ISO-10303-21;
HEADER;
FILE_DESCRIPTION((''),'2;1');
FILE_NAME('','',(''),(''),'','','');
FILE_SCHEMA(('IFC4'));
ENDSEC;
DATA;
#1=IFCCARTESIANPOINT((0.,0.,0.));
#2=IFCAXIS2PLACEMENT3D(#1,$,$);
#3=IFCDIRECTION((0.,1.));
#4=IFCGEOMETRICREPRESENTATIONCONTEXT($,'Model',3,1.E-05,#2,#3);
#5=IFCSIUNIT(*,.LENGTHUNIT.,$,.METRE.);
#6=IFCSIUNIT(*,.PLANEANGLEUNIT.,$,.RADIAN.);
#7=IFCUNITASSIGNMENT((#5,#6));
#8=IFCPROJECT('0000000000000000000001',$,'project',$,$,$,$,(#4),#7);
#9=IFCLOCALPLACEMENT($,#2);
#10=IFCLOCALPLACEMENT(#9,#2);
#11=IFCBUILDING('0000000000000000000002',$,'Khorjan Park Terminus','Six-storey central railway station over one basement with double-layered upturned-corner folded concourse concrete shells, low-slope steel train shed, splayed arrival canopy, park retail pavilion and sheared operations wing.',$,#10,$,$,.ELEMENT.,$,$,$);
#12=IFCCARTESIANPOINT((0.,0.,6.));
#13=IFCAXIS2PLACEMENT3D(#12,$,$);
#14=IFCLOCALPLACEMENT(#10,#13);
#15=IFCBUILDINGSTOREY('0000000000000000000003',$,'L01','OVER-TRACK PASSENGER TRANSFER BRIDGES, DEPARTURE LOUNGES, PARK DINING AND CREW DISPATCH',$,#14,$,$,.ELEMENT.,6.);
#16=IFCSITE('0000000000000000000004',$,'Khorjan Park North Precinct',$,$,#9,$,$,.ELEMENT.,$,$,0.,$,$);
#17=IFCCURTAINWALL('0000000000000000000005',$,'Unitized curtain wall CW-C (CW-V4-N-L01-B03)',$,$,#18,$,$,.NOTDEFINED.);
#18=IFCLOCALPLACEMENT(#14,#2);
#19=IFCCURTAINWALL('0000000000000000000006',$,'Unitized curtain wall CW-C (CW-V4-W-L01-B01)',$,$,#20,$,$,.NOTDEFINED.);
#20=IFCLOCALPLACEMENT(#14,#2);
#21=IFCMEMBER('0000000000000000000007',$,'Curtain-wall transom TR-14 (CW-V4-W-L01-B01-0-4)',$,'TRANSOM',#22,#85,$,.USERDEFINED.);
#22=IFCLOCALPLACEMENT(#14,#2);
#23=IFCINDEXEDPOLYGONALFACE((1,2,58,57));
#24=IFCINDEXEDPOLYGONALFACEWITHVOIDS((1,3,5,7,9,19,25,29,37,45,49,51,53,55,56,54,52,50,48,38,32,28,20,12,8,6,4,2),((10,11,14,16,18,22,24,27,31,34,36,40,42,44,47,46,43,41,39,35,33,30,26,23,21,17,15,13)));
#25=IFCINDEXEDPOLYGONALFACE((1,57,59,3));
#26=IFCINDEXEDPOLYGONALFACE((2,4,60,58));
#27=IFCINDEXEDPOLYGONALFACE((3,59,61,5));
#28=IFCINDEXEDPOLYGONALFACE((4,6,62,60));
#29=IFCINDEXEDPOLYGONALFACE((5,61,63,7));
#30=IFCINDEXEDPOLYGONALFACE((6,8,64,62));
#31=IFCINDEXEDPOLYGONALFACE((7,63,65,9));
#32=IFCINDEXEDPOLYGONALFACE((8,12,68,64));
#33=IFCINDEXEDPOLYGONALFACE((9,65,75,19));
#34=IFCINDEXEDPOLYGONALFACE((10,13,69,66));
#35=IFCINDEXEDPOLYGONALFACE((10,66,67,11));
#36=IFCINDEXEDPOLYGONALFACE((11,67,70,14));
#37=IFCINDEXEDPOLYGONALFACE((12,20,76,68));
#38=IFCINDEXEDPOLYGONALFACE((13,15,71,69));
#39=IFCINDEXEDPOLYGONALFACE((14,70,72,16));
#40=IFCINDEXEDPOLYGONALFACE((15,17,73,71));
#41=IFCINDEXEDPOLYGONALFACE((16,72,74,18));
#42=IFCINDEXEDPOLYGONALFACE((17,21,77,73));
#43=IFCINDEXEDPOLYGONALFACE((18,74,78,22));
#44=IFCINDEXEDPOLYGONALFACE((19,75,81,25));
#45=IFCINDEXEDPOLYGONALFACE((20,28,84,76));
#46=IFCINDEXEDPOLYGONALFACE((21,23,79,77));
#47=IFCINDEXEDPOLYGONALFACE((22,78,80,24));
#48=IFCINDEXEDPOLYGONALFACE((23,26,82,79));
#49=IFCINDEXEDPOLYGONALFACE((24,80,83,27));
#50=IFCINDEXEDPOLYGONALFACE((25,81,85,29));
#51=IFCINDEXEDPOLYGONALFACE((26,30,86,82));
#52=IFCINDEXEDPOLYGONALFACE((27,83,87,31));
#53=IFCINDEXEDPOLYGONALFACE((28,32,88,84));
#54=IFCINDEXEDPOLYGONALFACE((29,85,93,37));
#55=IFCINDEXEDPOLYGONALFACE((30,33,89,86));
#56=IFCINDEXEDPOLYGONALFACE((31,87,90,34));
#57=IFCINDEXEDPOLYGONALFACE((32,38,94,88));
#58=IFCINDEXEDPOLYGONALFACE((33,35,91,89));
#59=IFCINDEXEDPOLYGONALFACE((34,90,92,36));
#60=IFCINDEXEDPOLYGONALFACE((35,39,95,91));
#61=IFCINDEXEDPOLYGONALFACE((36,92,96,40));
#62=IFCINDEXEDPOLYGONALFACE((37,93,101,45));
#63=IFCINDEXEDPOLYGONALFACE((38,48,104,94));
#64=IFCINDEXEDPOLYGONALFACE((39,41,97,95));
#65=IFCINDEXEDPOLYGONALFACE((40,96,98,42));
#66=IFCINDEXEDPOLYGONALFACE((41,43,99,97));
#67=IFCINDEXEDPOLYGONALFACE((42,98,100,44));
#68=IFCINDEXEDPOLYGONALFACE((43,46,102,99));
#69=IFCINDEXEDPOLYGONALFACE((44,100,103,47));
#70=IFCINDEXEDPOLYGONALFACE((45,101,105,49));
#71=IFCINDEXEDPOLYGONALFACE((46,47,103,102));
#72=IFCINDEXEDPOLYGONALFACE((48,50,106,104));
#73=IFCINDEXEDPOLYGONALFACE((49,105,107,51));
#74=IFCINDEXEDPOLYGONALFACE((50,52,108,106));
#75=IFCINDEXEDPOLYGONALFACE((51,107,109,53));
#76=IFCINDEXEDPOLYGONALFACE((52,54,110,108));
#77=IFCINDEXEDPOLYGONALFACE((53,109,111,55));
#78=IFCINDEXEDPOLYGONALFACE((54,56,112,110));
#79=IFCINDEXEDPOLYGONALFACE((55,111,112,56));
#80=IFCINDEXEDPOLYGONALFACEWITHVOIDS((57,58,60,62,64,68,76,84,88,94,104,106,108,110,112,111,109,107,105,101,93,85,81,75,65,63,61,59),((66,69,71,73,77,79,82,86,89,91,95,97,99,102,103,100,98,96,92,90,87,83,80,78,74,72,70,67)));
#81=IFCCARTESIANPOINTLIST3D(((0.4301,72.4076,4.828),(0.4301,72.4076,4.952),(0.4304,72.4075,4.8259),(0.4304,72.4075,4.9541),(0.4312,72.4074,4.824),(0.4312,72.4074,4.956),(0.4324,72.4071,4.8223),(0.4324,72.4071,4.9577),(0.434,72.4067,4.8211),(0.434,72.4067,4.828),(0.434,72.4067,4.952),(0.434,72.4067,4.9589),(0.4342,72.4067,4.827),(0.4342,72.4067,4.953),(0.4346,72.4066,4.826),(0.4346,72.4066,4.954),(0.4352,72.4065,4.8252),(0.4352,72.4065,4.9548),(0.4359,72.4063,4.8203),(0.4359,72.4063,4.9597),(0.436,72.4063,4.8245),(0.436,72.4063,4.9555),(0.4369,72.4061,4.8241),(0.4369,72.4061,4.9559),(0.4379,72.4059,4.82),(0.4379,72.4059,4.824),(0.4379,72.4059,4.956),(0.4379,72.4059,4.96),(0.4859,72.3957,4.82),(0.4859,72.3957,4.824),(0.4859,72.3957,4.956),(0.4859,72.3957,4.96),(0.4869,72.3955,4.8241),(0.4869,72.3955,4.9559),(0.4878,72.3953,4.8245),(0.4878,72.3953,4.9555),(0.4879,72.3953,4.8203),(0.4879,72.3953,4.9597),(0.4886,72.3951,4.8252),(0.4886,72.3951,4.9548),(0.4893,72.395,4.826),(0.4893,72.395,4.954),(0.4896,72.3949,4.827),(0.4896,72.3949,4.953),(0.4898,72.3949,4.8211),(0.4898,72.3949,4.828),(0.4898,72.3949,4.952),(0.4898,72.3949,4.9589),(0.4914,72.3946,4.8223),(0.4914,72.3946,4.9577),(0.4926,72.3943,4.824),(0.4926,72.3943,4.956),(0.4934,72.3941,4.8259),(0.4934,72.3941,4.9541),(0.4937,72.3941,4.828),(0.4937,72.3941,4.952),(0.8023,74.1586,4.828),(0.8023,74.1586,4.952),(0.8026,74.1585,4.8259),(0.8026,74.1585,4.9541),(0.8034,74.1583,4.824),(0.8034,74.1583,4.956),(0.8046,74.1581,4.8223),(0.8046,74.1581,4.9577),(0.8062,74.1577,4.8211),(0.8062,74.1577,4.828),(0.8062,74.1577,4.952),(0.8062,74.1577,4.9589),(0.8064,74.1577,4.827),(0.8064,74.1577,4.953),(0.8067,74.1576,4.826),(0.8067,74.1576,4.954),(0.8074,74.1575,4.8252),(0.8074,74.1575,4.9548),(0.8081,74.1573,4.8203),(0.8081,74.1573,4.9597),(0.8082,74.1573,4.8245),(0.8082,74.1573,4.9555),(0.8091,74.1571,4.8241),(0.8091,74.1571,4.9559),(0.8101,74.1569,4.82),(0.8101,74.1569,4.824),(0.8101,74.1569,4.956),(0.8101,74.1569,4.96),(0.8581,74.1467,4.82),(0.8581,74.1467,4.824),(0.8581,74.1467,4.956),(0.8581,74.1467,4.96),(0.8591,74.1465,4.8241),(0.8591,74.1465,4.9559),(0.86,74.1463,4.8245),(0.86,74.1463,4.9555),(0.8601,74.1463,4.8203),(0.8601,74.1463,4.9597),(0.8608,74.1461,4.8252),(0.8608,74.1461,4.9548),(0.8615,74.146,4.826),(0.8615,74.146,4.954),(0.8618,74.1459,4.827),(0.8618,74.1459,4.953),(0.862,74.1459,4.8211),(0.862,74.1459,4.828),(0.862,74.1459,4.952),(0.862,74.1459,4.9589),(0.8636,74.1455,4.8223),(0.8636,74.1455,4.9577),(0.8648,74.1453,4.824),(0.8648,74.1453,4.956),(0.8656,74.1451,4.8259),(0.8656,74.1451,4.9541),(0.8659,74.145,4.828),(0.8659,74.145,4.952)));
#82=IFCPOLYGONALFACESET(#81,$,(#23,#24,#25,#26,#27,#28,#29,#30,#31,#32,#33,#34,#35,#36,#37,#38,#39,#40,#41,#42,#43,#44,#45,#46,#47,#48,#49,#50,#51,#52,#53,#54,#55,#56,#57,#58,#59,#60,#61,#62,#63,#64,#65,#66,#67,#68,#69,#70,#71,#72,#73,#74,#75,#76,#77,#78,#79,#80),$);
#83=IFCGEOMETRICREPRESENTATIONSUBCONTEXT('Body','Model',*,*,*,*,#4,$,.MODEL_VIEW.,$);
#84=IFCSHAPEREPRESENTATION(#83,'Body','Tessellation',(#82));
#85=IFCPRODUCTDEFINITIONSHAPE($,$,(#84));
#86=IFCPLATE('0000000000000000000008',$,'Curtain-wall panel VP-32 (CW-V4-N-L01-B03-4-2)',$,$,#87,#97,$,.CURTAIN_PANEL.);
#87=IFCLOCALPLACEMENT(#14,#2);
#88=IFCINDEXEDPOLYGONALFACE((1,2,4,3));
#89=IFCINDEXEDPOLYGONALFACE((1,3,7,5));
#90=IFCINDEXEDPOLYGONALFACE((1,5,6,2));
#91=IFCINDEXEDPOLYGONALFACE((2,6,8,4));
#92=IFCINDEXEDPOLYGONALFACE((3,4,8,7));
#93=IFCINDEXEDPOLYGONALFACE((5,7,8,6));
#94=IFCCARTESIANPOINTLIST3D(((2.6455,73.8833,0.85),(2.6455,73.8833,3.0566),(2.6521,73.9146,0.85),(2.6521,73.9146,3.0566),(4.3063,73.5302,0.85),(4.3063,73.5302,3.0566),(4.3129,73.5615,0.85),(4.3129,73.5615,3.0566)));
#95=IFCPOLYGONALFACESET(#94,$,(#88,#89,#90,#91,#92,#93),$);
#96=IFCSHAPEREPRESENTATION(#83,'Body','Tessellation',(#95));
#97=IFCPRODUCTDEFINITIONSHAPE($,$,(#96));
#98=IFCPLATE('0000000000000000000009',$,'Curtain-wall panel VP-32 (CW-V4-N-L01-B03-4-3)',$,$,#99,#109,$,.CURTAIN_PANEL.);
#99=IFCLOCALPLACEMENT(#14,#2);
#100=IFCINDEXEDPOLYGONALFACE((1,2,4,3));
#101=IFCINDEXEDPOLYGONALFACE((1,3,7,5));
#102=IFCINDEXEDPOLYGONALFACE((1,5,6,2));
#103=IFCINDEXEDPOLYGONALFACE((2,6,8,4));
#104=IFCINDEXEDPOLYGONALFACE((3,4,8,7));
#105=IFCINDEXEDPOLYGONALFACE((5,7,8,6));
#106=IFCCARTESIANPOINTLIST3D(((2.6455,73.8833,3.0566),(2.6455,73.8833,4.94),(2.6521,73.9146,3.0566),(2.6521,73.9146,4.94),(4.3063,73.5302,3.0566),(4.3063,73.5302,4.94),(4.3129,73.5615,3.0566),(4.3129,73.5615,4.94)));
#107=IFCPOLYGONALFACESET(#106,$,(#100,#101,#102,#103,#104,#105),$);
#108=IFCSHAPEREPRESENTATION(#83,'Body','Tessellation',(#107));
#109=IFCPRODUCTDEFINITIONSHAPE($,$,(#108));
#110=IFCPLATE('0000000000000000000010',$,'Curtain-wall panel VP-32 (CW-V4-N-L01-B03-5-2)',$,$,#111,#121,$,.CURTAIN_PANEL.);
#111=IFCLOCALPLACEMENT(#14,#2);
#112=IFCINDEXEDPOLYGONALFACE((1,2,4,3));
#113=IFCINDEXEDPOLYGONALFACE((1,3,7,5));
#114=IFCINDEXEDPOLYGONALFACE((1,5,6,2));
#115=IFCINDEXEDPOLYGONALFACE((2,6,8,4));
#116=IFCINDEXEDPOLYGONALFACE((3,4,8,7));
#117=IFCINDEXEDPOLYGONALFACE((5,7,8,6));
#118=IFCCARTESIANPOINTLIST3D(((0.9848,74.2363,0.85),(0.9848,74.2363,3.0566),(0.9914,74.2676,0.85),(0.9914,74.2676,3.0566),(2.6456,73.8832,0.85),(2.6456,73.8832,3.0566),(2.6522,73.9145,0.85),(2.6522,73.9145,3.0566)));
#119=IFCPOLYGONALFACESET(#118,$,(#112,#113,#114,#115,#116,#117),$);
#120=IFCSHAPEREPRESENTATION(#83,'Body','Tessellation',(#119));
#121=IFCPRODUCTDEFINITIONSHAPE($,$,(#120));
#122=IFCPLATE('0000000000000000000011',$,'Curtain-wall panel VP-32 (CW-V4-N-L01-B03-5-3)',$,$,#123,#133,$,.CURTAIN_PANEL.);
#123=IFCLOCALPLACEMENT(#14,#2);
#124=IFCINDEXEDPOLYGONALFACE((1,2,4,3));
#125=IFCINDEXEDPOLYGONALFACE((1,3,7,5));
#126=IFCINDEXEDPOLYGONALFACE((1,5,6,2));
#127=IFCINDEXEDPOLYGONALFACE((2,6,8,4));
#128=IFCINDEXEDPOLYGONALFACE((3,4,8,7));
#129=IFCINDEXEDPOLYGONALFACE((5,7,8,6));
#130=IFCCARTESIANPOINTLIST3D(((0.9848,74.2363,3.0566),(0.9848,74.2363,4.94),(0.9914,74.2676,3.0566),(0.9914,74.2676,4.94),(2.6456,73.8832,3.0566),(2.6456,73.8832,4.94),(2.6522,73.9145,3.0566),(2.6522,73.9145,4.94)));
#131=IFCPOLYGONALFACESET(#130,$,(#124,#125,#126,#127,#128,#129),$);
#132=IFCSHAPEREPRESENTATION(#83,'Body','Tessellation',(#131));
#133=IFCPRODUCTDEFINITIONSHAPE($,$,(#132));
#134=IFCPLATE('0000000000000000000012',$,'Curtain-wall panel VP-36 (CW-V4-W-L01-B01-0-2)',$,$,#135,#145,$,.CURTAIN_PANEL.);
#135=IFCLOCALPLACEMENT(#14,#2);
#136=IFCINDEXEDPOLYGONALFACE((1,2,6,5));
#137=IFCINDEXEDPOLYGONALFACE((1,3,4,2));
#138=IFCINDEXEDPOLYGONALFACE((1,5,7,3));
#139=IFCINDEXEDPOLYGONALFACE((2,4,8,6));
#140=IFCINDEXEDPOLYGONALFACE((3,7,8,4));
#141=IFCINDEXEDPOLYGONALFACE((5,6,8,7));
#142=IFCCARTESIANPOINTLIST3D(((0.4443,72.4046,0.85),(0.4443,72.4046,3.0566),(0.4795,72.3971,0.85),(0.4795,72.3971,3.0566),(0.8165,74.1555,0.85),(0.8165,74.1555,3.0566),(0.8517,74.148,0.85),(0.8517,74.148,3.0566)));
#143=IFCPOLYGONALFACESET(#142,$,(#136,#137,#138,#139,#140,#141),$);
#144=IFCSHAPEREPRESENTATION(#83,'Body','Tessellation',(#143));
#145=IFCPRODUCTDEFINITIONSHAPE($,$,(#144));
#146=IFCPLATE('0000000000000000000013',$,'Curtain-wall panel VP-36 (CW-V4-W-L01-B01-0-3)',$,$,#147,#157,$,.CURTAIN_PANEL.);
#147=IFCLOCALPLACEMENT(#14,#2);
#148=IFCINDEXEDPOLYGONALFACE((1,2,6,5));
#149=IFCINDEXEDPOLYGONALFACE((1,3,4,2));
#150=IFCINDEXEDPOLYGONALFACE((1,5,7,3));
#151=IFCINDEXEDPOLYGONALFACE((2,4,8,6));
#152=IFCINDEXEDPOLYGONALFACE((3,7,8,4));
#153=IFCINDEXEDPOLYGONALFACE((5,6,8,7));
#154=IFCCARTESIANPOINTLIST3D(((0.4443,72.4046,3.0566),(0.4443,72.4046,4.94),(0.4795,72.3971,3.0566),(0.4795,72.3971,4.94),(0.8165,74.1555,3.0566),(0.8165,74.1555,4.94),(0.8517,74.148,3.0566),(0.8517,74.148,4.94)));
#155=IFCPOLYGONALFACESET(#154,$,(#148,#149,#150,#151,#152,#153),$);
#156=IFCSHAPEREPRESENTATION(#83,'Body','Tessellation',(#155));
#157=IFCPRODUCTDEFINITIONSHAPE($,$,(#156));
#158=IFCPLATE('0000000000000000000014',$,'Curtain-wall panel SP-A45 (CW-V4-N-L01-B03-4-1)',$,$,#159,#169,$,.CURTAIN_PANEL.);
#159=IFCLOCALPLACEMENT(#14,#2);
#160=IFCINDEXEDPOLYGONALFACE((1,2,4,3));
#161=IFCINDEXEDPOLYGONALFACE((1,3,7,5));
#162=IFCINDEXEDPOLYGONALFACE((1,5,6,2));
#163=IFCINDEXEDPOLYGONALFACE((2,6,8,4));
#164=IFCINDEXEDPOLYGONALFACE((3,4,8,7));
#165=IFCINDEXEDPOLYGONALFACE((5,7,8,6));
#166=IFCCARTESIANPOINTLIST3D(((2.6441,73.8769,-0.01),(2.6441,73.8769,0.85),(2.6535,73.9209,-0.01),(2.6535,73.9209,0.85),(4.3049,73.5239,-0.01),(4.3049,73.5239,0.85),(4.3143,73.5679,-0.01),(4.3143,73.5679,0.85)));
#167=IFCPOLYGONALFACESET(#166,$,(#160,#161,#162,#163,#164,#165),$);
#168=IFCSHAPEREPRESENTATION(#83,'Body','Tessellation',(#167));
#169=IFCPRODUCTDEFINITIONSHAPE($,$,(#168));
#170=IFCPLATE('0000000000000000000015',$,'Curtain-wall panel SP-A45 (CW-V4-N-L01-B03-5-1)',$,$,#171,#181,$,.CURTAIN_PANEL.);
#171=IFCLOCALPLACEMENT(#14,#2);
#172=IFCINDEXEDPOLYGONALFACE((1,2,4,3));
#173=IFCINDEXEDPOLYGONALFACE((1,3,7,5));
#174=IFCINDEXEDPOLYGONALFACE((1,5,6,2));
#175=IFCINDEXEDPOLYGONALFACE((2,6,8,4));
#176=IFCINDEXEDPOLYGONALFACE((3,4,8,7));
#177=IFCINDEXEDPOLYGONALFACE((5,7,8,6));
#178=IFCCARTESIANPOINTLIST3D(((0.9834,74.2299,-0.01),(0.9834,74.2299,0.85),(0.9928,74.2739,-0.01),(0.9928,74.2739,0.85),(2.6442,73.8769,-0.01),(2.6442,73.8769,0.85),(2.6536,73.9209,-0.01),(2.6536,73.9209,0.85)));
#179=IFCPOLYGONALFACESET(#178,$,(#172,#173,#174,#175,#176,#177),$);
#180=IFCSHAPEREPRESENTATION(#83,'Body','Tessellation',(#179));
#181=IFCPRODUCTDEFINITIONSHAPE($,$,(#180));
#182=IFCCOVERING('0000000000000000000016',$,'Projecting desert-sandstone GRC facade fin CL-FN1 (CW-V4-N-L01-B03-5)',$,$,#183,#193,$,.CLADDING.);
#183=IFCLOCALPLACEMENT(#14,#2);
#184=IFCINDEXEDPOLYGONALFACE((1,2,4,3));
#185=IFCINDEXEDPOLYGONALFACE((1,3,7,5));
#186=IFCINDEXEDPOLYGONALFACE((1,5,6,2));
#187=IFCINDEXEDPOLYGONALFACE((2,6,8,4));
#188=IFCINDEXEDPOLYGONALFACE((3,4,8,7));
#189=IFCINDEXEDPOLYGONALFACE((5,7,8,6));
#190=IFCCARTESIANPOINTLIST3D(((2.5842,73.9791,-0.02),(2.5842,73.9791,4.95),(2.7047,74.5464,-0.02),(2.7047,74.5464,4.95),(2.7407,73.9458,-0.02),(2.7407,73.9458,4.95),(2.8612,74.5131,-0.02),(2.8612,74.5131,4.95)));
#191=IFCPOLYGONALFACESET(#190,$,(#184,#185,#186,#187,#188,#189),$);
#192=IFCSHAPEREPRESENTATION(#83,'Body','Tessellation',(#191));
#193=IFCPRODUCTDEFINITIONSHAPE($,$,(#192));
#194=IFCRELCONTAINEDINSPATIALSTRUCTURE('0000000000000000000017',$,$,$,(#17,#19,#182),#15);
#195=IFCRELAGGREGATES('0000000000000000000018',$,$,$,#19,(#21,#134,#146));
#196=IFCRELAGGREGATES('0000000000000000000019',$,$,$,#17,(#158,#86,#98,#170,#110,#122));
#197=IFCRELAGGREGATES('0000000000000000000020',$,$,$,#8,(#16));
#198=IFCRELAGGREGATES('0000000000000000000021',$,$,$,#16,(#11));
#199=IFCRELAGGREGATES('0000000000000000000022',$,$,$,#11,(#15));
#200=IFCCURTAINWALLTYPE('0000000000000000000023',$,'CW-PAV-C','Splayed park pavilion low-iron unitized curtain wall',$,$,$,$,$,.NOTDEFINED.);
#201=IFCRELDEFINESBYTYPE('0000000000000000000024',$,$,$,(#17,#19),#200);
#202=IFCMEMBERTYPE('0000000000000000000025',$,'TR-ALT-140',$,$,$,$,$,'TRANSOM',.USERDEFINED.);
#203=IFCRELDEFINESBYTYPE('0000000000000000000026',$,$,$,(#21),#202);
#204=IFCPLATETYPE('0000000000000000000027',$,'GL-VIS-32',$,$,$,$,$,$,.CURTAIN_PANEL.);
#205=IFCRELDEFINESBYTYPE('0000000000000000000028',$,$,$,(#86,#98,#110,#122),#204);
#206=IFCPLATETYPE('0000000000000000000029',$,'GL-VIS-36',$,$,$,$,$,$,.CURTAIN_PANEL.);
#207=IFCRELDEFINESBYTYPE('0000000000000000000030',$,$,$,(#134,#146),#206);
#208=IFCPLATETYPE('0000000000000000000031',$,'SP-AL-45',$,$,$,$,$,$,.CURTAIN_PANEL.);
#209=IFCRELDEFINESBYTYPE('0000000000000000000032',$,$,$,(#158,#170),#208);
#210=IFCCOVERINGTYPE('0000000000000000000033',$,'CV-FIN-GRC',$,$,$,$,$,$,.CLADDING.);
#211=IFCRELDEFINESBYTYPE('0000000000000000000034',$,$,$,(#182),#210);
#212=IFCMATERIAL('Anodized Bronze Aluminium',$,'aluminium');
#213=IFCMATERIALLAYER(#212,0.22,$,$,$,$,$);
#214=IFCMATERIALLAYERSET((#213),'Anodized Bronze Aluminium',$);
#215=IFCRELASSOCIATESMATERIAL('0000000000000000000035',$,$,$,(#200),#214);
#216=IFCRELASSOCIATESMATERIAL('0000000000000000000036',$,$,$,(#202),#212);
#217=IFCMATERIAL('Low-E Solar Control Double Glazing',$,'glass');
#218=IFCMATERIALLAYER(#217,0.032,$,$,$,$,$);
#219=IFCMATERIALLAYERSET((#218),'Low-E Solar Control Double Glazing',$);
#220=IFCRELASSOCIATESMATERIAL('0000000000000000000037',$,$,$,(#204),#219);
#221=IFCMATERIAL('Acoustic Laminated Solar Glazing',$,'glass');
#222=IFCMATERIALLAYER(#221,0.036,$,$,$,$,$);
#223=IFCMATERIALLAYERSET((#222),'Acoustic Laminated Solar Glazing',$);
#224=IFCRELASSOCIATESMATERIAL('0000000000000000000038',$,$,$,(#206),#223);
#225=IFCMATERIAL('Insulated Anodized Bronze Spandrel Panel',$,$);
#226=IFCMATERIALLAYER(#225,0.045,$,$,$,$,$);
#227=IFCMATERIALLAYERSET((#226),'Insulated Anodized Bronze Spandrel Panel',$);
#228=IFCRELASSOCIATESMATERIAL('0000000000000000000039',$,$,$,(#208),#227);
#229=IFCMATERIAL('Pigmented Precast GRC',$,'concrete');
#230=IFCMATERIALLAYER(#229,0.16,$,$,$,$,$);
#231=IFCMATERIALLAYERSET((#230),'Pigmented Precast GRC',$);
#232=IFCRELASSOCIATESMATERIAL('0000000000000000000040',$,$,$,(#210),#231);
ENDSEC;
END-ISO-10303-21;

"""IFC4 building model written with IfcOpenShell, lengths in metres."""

from ifc_helpers import new_model, si_unit, direction, frame, origin, origin_2d, place, context, subcontext, project, spatial, rectangle, hollow_rectangle, extrude, material, layer, layer_set, material_profile, profile_set, type_object, element, aggregate, save


model = new_model("IFC4")

# Units and contexts
model_context = context("Model", 3, precision=1e-05, world=origin(), true_north=direction((0.0, 1.0)))
body_context = subcontext(model_context, "Body", "Model", "MODEL_VIEW")
ifc_project = project(units=[si_unit("LENGTHUNIT", "METRE"), si_unit("PLANEANGLEUNIT", "RADIAN")], contexts=[model_context])

# Site, building, storey
site_placement = place(None, origin())
site = spatial("IfcSite", under=ifc_project, at=site_placement, Name="Khorjan Park North Precinct", CompositionType="ELEMENT", RefElevation=0.0)
building_placement = place(site_placement, origin())
building = spatial("IfcBuilding", under=site, at=building_placement, Name="Khorjan Park Terminus", Description="Six-storey central railway station over one basement with double-layered upturned-corner folded concourse concrete shells, low-slope steel train shed, splayed arrival canopy, park retail pavilion and sheared operations wing.", CompositionType="ELEMENT")
storey_placement = place(building_placement, frame((0.0, 0.0, 6.0)))
storey = spatial("IfcBuildingStorey", under=building, at=storey_placement, Name="L01", Description="OVER-TRACK PASSENGER TRANSFER BRIDGES, DEPARTURE LOUNGES, PARK DINING AND CREW DISPATCH", CompositionType="ELEMENT", Elevation=6.0)

# Curtain wall
ifc_material_1 = material(Name="Anodized Bronze Aluminium", Category="aluminium")
ifc_layer_1 = layer(ifc_material_1, 0.22)
ifc_layer_set_1 = layer_set([ifc_layer_1], Name="Anodized Bronze Aluminium")
curtain_wall_type = type_object("IfcCurtainWallType", Name="CW-PAV-C", Description="Splayed park pavilion low-iron unitized curtain wall", PredefinedType="NOTDEFINED", material=ifc_layer_set_1)
curtain_wall_1_placement = place(storey_placement, origin())
curtain_wall_1 = element("IfcCurtainWall", 1, at=curtain_wall_1_placement, inside=storey, type_object=curtain_wall_type, Name="Unitized curtain wall CW-C (CW-V4-N-L01-B03)", PredefinedType="NOTDEFINED")

# Curtain wall
curtain_wall_2_placement = place(storey_placement, origin())
curtain_wall_2 = element("IfcCurtainWall", 2, at=curtain_wall_2_placement, inside=storey, type_object=curtain_wall_type, Name="Unitized curtain wall CW-C (CW-V4-W-L01-B01)", PredefinedType="NOTDEFINED")

# Member
ifc_material_profile_1 = material_profile(ifc_material_1, hollow_rectangle(XDim=0.065, YDim=0.14, WallThickness=0.004, InnerFilletRadius=0.004, OuterFilletRadius=0.008, at=origin_2d()), Name="ALT 65x140x4")
ifc_profile_set_1 = profile_set([ifc_material_profile_1], Name="Anodized Bronze Aluminium")
member_type_1 = type_object("IfcMemberType", Name="TR-ALT-140", ElementType="TRANSOM", PredefinedType="USERDEFINED", material=ifc_profile_set_1)
member_1_placement = place(storey_placement, frame((0.8341, 74.1518, 4.89), z_axis=(-0.207919, -0.978146, 0.0), x_axis=(0.978146, -0.207919, 0.0)))
member_1 = element("IfcMember", 3, at=member_1_placement, type_object=member_type_1, Name="Curtain-wall transom TR-14 (CW-V4-W-L01-B01-0-4)", ObjectType="TRANSOM", PredefinedType="USERDEFINED", context=body_context, shape_type="SweptSolid", body=[
    extrude(hollow_rectangle(XDim=0.065, YDim=0.14, WallThickness=0.004, InnerFilletRadius=0.004, OuterFilletRadius=0.008, at=origin_2d()), origin(), (0.0, 0.0, 1.0), 1.7901),
])

# Plates
ifc_material_2 = material(Name="Low-E Solar Control Double Glazing", Category="glass")
ifc_layer_2 = layer(ifc_material_2, 0.032)
ifc_layer_set_2 = layer_set([ifc_layer_2], Name="Low-E Solar Control Double Glazing")
plate_type_1 = type_object("IfcPlateType", Name="GL-VIS-32", PredefinedType="CURTAIN_PANEL", material=ifc_layer_set_2)
plate_1_placement = place(storey_placement, frame((3.4792, 73.7224, 0.85), z_axis=(0.0, 0.0, 1.0), x_axis=(-0.978146, 0.207917, 0.0)))
plate_1 = element("IfcPlate", 4, at=plate_1_placement, type_object=plate_type_1, Name="Curtain-wall panel VP-32 (CW-V4-N-L01-B03-4-2)", PredefinedType="CURTAIN_PANEL", context=body_context, shape_type="SweptSolid", body=[
    extrude(rectangle(XDim=1.6979, YDim=0.032, at=origin_2d()), origin(), (0.0, 0.0, 1.0), 2.2066),
])
plate_2_placement = place(storey_placement, frame((3.4792, 73.7224, 3.0566), z_axis=(0.0, 0.0, 1.0), x_axis=(-0.978146, 0.207917, 0.0)))
plate_2 = element("IfcPlate", 5, at=plate_2_placement, type_object=plate_type_1, Name="Curtain-wall panel VP-32 (CW-V4-N-L01-B03-4-3)", PredefinedType="CURTAIN_PANEL", context=body_context, shape_type="SweptSolid", body=[
    extrude(rectangle(XDim=1.6979, YDim=0.032, at=origin_2d()), origin(), (0.0, 0.0, 1.0), 1.8834),
])
plate_3_placement = place(storey_placement, frame((1.8185, 74.0754, 0.85), z_axis=(0.0, 0.0, 1.0), x_axis=(-0.978146, 0.207917, 0.0)))
plate_3 = element("IfcPlate", 6, at=plate_3_placement, type_object=plate_type_1, Name="Curtain-wall panel VP-32 (CW-V4-N-L01-B03-5-2)", PredefinedType="CURTAIN_PANEL", context=body_context, shape_type="SweptSolid", body=[
    extrude(rectangle(XDim=1.6979, YDim=0.032, at=origin_2d()), origin(), (0.0, 0.0, 1.0), 2.2066),
])
plate_4_placement = place(storey_placement, frame((1.8185, 74.0754, 3.0566), z_axis=(0.0, 0.0, 1.0), x_axis=(-0.978146, 0.207917, 0.0)))
plate_4 = element("IfcPlate", 7, at=plate_4_placement, type_object=plate_type_1, Name="Curtain-wall panel VP-32 (CW-V4-N-L01-B03-5-3)", PredefinedType="CURTAIN_PANEL", context=body_context, shape_type="SweptSolid", body=[
    extrude(rectangle(XDim=1.6979, YDim=0.032, at=origin_2d()), origin(), (0.0, 0.0, 1.0), 1.8834),
])
ifc_material_3 = material(Name="Acoustic Laminated Solar Glazing", Category="glass")
ifc_layer_3 = layer(ifc_material_3, 0.036)
ifc_layer_set_3 = layer_set([ifc_layer_3], Name="Acoustic Laminated Solar Glazing")
plate_type_2 = type_object("IfcPlateType", Name="GL-VIS-36", PredefinedType="CURTAIN_PANEL", material=ifc_layer_set_3)
plate_5_placement = place(storey_placement, frame((0.648, 73.2763, 0.85), z_axis=(0.0, 0.0, 1.0), x_axis=(-0.207907, -0.978149, 0.0)))
plate_5 = element("IfcPlate", 8, at=plate_5_placement, type_object=plate_type_2, Name="Curtain-wall panel VP-36 (CW-V4-W-L01-B01-0-2)", PredefinedType="CURTAIN_PANEL", context=body_context, shape_type="SweptSolid", body=[
    extrude(rectangle(XDim=1.7901, YDim=0.036, at=origin_2d()), origin(), (0.0, 0.0, 1.0), 2.2066),
])
plate_6_placement = place(storey_placement, frame((0.648, 73.2763, 3.0566), z_axis=(0.0, 0.0, 1.0), x_axis=(-0.207907, -0.978149, 0.0)))
plate_6 = element("IfcPlate", 9, at=plate_6_placement, type_object=plate_type_2, Name="Curtain-wall panel VP-36 (CW-V4-W-L01-B01-0-3)", PredefinedType="CURTAIN_PANEL", context=body_context, shape_type="SweptSolid", body=[
    extrude(rectangle(XDim=1.7901, YDim=0.036, at=origin_2d()), origin(), (0.0, 0.0, 1.0), 1.8834),
])
aggregate(curtain_wall_2, [member_1, plate_5, plate_6])
ifc_material_4 = material(Name="Insulated Anodized Bronze Spandrel Panel")
ifc_layer_4 = layer(ifc_material_4, 0.045)
ifc_layer_set_4 = layer_set([ifc_layer_4], Name="Insulated Anodized Bronze Spandrel Panel")
plate_type_3 = type_object("IfcPlateType", Name="SP-AL-45", PredefinedType="CURTAIN_PANEL", material=ifc_layer_set_4)
plate_7_placement = place(storey_placement, frame((3.4792, 73.7224, -0.01), z_axis=(0.0, 0.0, 1.0), x_axis=(-0.978146, 0.207917, 0.0)))
plate_7 = element("IfcPlate", 10, at=plate_7_placement, type_object=plate_type_3, Name="Curtain-wall panel SP-A45 (CW-V4-N-L01-B03-4-1)", PredefinedType="CURTAIN_PANEL", context=body_context, shape_type="SweptSolid", body=[
    extrude(rectangle(XDim=1.6979, YDim=0.045, at=origin_2d()), origin(), (0.0, 0.0, 1.0), 0.86),
])
plate_8_placement = place(storey_placement, frame((1.8185, 74.0754, -0.01), z_axis=(0.0, 0.0, 1.0), x_axis=(-0.978146, 0.207917, 0.0)))
plate_8 = element("IfcPlate", 11, at=plate_8_placement, type_object=plate_type_3, Name="Curtain-wall panel SP-A45 (CW-V4-N-L01-B03-5-1)", PredefinedType="CURTAIN_PANEL", context=body_context, shape_type="SweptSolid", body=[
    extrude(rectangle(XDim=1.6979, YDim=0.045, at=origin_2d()), origin(), (0.0, 0.0, 1.0), 0.86),
])
aggregate(curtain_wall_1, [plate_7, plate_1, plate_2, plate_8, plate_3, plate_4])

# Covering
ifc_material_5 = material(Name="Pigmented Precast GRC", Category="concrete")
ifc_layer_5 = layer(ifc_material_5, 0.16)
ifc_layer_set_5 = layer_set([ifc_layer_5], Name="Pigmented Precast GRC")
covering_type = type_object("IfcCoveringType", Name="CV-FIN-GRC", PredefinedType="CLADDING", material=ifc_layer_set_5)
covering_placement = place(storey_placement, frame((2.7227, 74.2461, -0.02), z_axis=(0.0, 0.0, 1.0), x_axis=(-0.207912, -0.978148, 0.0)))
element("IfcCovering", 12, at=covering_placement, inside=storey, type_object=covering_type, Name="Projecting desert-sandstone GRC facade fin CL-FN1 (CW-V4-N-L01-B03-5)", PredefinedType="CLADDING", context=body_context, shape_type="SweptSolid", body=[
    extrude(rectangle(XDim=0.58, YDim=0.16, at=origin_2d()), origin(), (0.0, 0.0, 1.0), 4.97),
])

save(model, "model.ifc")
